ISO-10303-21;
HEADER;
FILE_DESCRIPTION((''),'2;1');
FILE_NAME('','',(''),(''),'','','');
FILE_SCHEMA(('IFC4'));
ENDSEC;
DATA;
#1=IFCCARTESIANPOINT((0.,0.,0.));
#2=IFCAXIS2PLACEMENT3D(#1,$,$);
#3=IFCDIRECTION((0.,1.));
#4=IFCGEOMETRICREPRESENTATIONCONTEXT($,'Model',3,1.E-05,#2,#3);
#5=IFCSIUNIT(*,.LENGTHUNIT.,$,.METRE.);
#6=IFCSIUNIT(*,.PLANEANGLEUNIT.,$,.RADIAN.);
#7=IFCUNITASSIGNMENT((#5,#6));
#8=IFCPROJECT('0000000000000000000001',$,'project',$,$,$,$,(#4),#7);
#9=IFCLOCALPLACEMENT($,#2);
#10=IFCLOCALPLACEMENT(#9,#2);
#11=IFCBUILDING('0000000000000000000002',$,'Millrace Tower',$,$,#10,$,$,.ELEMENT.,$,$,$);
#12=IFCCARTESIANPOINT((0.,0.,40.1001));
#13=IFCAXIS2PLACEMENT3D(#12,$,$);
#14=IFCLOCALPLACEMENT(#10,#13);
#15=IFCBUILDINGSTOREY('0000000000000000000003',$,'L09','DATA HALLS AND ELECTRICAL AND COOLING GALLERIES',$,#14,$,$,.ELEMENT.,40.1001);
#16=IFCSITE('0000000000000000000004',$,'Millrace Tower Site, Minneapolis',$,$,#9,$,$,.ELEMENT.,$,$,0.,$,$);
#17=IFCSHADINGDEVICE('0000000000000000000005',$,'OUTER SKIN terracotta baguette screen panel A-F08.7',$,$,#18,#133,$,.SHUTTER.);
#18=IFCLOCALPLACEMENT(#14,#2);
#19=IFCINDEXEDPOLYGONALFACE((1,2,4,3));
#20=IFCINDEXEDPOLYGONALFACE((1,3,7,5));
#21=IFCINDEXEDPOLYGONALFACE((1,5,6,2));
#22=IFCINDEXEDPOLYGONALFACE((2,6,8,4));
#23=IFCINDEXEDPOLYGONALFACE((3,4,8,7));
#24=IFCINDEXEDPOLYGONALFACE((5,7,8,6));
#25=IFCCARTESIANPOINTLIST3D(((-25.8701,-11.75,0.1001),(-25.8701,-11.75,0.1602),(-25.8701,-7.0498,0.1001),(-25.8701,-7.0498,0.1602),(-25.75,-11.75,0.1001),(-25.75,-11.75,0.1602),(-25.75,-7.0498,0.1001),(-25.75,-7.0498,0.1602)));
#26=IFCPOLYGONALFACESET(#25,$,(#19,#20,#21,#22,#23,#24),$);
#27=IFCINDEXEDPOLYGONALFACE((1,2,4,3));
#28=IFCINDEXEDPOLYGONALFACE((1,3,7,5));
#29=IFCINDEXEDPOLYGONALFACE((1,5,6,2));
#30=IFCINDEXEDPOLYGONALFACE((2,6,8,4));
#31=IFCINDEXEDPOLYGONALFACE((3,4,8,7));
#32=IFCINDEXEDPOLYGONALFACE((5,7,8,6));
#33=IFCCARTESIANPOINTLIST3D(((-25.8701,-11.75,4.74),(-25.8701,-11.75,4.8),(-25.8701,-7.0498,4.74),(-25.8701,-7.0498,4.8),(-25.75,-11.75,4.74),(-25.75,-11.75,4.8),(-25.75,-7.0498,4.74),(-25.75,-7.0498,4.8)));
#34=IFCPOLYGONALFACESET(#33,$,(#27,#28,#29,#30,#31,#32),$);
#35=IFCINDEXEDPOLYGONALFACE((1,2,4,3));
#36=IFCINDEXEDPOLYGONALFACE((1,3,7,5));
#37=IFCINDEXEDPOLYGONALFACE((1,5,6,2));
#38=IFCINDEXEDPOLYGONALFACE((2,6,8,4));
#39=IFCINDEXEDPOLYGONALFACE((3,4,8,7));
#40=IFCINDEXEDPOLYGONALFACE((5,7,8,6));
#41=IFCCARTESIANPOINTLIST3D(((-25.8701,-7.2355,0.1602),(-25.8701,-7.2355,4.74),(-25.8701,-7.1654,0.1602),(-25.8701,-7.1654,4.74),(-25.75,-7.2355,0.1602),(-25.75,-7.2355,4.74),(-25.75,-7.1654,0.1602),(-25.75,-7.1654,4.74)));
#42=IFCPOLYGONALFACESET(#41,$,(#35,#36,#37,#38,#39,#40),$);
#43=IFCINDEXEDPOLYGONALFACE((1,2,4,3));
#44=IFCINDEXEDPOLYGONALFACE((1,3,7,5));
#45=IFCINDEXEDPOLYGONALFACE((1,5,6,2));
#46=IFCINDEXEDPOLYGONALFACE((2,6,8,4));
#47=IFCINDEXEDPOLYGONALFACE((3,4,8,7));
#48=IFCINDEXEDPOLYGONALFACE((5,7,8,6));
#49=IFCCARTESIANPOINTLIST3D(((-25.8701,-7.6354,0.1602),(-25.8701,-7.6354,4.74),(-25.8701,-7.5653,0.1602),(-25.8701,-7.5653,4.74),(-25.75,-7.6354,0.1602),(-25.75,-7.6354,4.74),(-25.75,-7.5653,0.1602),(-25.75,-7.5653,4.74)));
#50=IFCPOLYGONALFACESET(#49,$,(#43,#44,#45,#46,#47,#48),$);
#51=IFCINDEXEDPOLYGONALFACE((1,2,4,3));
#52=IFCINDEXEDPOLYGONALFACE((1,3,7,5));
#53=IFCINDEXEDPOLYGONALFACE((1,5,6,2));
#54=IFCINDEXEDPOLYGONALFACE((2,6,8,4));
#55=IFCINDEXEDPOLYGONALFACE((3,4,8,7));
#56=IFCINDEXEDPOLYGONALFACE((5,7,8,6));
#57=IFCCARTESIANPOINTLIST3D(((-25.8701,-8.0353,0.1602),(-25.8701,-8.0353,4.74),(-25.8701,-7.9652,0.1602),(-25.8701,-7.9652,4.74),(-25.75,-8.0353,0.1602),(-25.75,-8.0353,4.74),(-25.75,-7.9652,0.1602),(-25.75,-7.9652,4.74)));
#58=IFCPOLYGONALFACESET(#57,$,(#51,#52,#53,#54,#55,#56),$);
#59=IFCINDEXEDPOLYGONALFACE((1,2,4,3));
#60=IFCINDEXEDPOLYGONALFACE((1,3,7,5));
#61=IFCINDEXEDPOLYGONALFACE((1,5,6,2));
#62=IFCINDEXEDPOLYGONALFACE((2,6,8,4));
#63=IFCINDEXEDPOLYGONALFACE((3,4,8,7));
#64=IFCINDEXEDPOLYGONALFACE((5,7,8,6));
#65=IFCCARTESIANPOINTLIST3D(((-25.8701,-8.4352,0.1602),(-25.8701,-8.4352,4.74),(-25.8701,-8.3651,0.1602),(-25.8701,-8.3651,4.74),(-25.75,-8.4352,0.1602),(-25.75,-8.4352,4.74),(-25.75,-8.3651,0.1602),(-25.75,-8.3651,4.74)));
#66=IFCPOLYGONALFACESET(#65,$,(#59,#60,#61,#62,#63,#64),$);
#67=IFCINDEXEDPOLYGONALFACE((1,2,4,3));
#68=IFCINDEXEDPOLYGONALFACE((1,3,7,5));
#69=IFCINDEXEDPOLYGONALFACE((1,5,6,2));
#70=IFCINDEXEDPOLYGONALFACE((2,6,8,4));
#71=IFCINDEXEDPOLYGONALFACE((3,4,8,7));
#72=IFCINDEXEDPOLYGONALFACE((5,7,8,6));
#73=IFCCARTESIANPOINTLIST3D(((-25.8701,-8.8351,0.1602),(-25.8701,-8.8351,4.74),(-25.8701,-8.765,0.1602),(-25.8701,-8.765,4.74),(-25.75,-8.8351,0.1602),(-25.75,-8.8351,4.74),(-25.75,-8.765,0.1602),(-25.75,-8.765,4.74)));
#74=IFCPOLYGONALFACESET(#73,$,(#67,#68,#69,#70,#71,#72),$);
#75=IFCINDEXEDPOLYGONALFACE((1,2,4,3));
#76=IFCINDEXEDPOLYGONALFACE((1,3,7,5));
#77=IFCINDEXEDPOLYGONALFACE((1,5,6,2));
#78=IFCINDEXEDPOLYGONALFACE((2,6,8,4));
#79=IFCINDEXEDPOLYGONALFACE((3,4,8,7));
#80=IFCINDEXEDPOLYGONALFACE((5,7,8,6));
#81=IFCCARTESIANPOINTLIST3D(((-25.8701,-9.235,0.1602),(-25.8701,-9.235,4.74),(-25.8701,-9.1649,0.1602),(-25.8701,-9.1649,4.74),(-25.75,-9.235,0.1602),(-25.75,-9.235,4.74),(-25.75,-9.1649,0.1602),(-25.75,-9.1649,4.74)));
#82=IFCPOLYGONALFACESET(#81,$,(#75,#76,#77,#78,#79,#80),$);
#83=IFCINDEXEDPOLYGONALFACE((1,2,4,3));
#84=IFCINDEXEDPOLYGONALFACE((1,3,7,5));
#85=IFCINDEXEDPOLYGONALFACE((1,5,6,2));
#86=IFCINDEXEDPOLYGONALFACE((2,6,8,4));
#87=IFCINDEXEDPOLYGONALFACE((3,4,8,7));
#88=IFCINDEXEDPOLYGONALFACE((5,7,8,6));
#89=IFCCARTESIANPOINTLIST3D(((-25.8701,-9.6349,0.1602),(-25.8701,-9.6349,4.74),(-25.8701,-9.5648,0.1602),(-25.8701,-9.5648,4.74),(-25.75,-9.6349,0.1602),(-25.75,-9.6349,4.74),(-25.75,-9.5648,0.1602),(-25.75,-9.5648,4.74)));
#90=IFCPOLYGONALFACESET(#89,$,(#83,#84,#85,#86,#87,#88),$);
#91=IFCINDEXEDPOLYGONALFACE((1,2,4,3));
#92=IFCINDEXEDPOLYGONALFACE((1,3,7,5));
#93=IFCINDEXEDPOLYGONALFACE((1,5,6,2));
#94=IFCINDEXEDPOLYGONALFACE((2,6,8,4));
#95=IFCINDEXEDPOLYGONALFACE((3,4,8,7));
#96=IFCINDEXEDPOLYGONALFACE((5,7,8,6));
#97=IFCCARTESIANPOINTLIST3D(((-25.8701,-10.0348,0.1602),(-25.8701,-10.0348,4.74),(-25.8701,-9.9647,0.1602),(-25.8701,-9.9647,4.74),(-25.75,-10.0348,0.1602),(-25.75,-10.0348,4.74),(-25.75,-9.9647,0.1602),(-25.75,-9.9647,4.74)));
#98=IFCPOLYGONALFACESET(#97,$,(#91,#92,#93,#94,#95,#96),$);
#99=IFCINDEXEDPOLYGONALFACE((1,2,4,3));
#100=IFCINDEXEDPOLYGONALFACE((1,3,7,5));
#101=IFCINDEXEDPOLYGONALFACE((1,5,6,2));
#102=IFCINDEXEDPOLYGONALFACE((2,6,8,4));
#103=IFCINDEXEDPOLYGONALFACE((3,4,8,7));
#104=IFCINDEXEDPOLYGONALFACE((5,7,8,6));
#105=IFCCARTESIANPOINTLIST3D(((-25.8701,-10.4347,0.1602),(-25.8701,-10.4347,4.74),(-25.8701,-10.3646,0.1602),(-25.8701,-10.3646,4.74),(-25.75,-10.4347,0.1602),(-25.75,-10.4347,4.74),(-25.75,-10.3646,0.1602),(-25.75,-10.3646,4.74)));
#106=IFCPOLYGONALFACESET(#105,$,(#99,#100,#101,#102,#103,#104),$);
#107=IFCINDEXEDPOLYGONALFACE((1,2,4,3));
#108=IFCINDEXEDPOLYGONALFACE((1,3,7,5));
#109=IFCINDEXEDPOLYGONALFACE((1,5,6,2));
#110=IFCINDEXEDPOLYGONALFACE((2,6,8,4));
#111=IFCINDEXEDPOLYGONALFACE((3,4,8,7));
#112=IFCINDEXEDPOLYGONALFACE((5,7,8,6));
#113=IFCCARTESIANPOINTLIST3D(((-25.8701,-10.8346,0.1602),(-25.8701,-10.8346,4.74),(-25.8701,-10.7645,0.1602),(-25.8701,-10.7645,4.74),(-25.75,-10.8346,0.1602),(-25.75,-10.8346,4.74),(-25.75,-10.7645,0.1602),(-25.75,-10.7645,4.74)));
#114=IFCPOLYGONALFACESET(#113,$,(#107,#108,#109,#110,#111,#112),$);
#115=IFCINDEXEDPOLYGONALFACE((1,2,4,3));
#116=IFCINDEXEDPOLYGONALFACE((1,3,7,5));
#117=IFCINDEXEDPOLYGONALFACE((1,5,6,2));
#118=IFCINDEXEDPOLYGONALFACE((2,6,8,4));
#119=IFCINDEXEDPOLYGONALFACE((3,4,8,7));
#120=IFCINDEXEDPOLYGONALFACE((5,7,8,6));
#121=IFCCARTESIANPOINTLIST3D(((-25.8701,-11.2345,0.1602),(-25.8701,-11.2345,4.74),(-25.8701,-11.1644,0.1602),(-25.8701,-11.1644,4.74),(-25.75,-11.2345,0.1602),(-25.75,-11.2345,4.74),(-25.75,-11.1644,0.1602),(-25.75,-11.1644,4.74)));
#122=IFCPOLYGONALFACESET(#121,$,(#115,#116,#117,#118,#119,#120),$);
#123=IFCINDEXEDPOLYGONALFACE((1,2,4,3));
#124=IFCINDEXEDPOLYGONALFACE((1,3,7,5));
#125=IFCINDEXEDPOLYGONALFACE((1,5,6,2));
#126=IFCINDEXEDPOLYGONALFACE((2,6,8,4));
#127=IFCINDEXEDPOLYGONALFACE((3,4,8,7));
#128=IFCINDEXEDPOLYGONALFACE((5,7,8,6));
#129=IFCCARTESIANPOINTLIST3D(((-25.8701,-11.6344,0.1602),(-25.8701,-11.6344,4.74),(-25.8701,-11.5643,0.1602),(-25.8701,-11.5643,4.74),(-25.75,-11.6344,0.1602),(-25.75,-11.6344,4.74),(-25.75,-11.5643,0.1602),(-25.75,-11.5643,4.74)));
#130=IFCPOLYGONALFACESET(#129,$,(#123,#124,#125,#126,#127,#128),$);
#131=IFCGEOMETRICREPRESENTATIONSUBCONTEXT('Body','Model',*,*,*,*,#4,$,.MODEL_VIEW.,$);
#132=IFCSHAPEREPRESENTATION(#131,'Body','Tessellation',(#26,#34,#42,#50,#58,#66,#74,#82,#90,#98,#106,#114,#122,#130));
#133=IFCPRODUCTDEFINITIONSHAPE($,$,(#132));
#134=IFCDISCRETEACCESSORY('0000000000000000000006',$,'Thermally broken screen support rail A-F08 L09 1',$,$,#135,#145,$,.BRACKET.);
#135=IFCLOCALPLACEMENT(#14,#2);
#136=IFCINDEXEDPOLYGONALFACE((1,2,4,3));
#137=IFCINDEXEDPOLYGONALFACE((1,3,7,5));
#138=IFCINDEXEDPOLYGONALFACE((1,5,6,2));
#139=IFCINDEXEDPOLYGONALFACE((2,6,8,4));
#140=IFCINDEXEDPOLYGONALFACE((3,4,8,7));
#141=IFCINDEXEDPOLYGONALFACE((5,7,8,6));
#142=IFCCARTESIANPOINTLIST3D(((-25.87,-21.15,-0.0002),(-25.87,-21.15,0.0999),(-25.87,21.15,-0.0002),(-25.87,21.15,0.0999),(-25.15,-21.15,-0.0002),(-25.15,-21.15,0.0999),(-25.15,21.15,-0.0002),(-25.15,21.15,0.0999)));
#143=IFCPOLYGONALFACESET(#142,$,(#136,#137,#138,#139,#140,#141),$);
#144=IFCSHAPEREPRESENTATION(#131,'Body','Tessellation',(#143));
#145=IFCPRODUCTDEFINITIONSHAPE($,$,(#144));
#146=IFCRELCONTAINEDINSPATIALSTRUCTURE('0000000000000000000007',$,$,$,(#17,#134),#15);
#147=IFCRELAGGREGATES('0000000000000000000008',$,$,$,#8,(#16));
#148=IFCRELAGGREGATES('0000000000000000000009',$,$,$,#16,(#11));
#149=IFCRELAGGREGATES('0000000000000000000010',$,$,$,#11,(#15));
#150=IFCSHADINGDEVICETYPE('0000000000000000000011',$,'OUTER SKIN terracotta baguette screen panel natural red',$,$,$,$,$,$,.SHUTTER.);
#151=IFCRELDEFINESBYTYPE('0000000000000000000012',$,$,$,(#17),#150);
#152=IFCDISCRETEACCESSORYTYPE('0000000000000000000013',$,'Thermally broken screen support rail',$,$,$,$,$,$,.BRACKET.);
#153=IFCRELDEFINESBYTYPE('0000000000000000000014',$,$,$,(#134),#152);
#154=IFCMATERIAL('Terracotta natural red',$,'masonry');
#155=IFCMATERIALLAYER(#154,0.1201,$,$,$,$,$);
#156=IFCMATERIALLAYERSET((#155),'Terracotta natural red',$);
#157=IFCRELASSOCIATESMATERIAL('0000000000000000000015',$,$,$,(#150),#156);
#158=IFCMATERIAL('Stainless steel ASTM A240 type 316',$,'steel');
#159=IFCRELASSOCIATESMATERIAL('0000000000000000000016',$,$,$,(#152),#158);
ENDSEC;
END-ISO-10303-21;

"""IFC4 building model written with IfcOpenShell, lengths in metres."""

from ifc_helpers import new_model, entity, si_unit, direction, frame, frame_2d, origin, origin_2d, place, context, subcontext, project, spatial, rectangle, extrude, source, transform, mapped, material, layer, layer_set, type_object, element, save


model = new_model("IFC4")

# Units and contexts
model_context = context("Model", 3, precision=1e-05, world=origin(), true_north=direction((0.0, 1.0)))
body_context = subcontext(model_context, "Body", "Model", "MODEL_VIEW")
ifc_project = project(units=[si_unit("LENGTHUNIT", "METRE"), si_unit("PLANEANGLEUNIT", "RADIAN")], contexts=[model_context])

# Site, building, storey
site_placement = place(None, origin())
site = spatial("IfcSite", under=ifc_project, at=site_placement, Name="Millrace Tower Site, Minneapolis", CompositionType="ELEMENT", RefElevation=0.0)
building_placement = place(site_placement, origin())
building = spatial("IfcBuilding", under=site, at=building_placement, Name="Millrace Tower", CompositionType="ELEMENT")
storey_placement = place(building_placement, frame((0.0, 0.0, 40.1001)))
storey = spatial("IfcBuildingStorey", under=building, at=storey_placement, Name="L09", Description="DATA HALLS AND ELECTRICAL AND COOLING GALLERIES", CompositionType="ELEMENT", Elevation=40.1001)

# Shading device
cartesian_point = entity("IfcCartesianPoint", [-2.3501, 0.0601])
shared_polyline = entity("IfcPolyline", [cartesian_point, entity("IfcCartesianPoint", [2.3501, 0.0601]), entity("IfcCartesianPoint", [2.3501, -0.0601]), entity("IfcCartesianPoint", [-2.3501, -0.0601]), cartesian_point])
ifc_material_1 = material(Name="Terracotta natural red", Category="masonry")
ifc_layer_1 = layer(ifc_material_1, 0.1201)
ifc_layer_set_1 = layer_set([ifc_layer_1], Name="Terracotta natural red")
shading_device_type_1 = type_object("IfcShadingDeviceType", Name="OUTER SKIN terracotta baguette screen panel natural red", PredefinedType="SHUTTER", material=ifc_layer_set_1)
shared_shape_1 = source(origin(), body_context, "Body", "SweptSolid", [
    entity("IfcExtrudedAreaSolid", entity("IfcArbitraryClosedProfileDef", "AREA", None, shared_polyline), entity("IfcAxis2Placement3D", entity("IfcCartesianPoint", [0.0, 0.0, 0.0])), entity("IfcDirection", [0.0, 0.0, 1.0]), 0.0601),
    entity("IfcExtrudedAreaSolid", entity("IfcArbitraryClosedProfileDef", "AREA", None, shared_polyline), entity("IfcAxis2Placement3D", entity("IfcCartesianPoint", [0.0, 0.0, 4.6399])), entity("IfcDirection", [0.0, 0.0, 1.0]), 0.0601),
    extrude(rectangle(XDim=0.0701, YDim=0.1201, at=frame_2d((-2.1995, 0.0))), frame((0.0, 0.0, 0.0601)), (0.0, 0.0, 1.0), 4.5798),
    extrude(rectangle(XDim=0.0701, YDim=0.1201, at=frame_2d((-1.7996, 0.0))), frame((0.0, 0.0, 0.0601)), (0.0, 0.0, 1.0), 4.5798),
    extrude(rectangle(XDim=0.0701, YDim=0.1201, at=frame_2d((-1.3997, 0.0))), frame((0.0, 0.0, 0.0601)), (0.0, 0.0, 1.0), 4.5798),
    extrude(rectangle(XDim=0.0701, YDim=0.1201, at=frame_2d((-0.9998, 0.0))), frame((0.0, 0.0, 0.0601)), (0.0, 0.0, 1.0), 4.5798),
    extrude(rectangle(XDim=0.0701, YDim=0.1201, at=frame_2d((-0.5999, 0.0))), frame((0.0, 0.0, 0.0601)), (0.0, 0.0, 1.0), 4.5798),
    extrude(rectangle(XDim=0.0701, YDim=0.1201, at=frame_2d((-0.2, 0.0))), frame((0.0, 0.0, 0.0601)), (0.0, 0.0, 1.0), 4.5798),
    extrude(rectangle(XDim=0.0701, YDim=0.1201, at=frame_2d((0.2, 0.0))), frame((0.0, 0.0, 0.0601)), (0.0, 0.0, 1.0), 4.5798),
    extrude(rectangle(XDim=0.0701, YDim=0.1201, at=frame_2d((0.5999, 0.0))), frame((0.0, 0.0, 0.0601)), (0.0, 0.0, 1.0), 4.5798),
    extrude(rectangle(XDim=0.0701, YDim=0.1201, at=frame_2d((0.9998, 0.0))), frame((0.0, 0.0, 0.0601)), (0.0, 0.0, 1.0), 4.5798),
    extrude(rectangle(XDim=0.0701, YDim=0.1201, at=frame_2d((1.3997, 0.0))), frame((0.0, 0.0, 0.0601)), (0.0, 0.0, 1.0), 4.5798),
    extrude(rectangle(XDim=0.0701, YDim=0.1201, at=frame_2d((1.7996, 0.0))), frame((0.0, 0.0, 0.0601)), (0.0, 0.0, 1.0), 4.5798),
    extrude(rectangle(XDim=0.0701, YDim=0.1201, at=frame_2d((2.1995, 0.0))), frame((0.0, 0.0, 0.0601)), (0.0, 0.0, 1.0), 4.5798),
])
for number, where, z_axis, x_axis, name in (
    (1, (-25.8101, -9.3999, 0.1001), (0.0, 0.0, 1.0), (0.0, -1.0, 0.0), "OUTER SKIN terracotta baguette screen panel A-F08.7"),
):
    element("IfcShadingDevice", number, at=place(storey_placement, frame(where, z_axis=z_axis, x_axis=x_axis)), inside=storey, type_object=shading_device_type_1, Name=name, PredefinedType="SHUTTER", context=body_context, shape_type="MappedRepresentation", body=[
        mapped(shared_shape_1, transform((0.0, 0.0, 0.0), scale=1.0)),
    ])

# Discrete accessory
ifc_material_2 = material(Name="Stainless steel ASTM A240 type 316", Category="steel")
discrete_accessory_type = type_object("IfcDiscreteAccessoryType", Name="Thermally broken screen support rail", PredefinedType="BRACKET", material=ifc_material_2)
discrete_accessory_placement = place(storey_placement, frame((-25.51, 0.0, -0.0002), z_axis=(0.0, 0.0, 1.0), x_axis=(0.0, -1.0, 0.0)))
element("IfcDiscreteAccessory", 2, at=discrete_accessory_placement, inside=storey, type_object=discrete_accessory_type, Name="Thermally broken screen support rail A-F08 L09 1", PredefinedType="BRACKET", context=body_context, shape_type="SweptSolid", body=[
    extrude(rectangle(XDim=42.3, YDim=0.72, at=origin_2d()), origin(), (0.0, 0.0, 1.0), 0.1001),
])

save(model, "model.ifc")
